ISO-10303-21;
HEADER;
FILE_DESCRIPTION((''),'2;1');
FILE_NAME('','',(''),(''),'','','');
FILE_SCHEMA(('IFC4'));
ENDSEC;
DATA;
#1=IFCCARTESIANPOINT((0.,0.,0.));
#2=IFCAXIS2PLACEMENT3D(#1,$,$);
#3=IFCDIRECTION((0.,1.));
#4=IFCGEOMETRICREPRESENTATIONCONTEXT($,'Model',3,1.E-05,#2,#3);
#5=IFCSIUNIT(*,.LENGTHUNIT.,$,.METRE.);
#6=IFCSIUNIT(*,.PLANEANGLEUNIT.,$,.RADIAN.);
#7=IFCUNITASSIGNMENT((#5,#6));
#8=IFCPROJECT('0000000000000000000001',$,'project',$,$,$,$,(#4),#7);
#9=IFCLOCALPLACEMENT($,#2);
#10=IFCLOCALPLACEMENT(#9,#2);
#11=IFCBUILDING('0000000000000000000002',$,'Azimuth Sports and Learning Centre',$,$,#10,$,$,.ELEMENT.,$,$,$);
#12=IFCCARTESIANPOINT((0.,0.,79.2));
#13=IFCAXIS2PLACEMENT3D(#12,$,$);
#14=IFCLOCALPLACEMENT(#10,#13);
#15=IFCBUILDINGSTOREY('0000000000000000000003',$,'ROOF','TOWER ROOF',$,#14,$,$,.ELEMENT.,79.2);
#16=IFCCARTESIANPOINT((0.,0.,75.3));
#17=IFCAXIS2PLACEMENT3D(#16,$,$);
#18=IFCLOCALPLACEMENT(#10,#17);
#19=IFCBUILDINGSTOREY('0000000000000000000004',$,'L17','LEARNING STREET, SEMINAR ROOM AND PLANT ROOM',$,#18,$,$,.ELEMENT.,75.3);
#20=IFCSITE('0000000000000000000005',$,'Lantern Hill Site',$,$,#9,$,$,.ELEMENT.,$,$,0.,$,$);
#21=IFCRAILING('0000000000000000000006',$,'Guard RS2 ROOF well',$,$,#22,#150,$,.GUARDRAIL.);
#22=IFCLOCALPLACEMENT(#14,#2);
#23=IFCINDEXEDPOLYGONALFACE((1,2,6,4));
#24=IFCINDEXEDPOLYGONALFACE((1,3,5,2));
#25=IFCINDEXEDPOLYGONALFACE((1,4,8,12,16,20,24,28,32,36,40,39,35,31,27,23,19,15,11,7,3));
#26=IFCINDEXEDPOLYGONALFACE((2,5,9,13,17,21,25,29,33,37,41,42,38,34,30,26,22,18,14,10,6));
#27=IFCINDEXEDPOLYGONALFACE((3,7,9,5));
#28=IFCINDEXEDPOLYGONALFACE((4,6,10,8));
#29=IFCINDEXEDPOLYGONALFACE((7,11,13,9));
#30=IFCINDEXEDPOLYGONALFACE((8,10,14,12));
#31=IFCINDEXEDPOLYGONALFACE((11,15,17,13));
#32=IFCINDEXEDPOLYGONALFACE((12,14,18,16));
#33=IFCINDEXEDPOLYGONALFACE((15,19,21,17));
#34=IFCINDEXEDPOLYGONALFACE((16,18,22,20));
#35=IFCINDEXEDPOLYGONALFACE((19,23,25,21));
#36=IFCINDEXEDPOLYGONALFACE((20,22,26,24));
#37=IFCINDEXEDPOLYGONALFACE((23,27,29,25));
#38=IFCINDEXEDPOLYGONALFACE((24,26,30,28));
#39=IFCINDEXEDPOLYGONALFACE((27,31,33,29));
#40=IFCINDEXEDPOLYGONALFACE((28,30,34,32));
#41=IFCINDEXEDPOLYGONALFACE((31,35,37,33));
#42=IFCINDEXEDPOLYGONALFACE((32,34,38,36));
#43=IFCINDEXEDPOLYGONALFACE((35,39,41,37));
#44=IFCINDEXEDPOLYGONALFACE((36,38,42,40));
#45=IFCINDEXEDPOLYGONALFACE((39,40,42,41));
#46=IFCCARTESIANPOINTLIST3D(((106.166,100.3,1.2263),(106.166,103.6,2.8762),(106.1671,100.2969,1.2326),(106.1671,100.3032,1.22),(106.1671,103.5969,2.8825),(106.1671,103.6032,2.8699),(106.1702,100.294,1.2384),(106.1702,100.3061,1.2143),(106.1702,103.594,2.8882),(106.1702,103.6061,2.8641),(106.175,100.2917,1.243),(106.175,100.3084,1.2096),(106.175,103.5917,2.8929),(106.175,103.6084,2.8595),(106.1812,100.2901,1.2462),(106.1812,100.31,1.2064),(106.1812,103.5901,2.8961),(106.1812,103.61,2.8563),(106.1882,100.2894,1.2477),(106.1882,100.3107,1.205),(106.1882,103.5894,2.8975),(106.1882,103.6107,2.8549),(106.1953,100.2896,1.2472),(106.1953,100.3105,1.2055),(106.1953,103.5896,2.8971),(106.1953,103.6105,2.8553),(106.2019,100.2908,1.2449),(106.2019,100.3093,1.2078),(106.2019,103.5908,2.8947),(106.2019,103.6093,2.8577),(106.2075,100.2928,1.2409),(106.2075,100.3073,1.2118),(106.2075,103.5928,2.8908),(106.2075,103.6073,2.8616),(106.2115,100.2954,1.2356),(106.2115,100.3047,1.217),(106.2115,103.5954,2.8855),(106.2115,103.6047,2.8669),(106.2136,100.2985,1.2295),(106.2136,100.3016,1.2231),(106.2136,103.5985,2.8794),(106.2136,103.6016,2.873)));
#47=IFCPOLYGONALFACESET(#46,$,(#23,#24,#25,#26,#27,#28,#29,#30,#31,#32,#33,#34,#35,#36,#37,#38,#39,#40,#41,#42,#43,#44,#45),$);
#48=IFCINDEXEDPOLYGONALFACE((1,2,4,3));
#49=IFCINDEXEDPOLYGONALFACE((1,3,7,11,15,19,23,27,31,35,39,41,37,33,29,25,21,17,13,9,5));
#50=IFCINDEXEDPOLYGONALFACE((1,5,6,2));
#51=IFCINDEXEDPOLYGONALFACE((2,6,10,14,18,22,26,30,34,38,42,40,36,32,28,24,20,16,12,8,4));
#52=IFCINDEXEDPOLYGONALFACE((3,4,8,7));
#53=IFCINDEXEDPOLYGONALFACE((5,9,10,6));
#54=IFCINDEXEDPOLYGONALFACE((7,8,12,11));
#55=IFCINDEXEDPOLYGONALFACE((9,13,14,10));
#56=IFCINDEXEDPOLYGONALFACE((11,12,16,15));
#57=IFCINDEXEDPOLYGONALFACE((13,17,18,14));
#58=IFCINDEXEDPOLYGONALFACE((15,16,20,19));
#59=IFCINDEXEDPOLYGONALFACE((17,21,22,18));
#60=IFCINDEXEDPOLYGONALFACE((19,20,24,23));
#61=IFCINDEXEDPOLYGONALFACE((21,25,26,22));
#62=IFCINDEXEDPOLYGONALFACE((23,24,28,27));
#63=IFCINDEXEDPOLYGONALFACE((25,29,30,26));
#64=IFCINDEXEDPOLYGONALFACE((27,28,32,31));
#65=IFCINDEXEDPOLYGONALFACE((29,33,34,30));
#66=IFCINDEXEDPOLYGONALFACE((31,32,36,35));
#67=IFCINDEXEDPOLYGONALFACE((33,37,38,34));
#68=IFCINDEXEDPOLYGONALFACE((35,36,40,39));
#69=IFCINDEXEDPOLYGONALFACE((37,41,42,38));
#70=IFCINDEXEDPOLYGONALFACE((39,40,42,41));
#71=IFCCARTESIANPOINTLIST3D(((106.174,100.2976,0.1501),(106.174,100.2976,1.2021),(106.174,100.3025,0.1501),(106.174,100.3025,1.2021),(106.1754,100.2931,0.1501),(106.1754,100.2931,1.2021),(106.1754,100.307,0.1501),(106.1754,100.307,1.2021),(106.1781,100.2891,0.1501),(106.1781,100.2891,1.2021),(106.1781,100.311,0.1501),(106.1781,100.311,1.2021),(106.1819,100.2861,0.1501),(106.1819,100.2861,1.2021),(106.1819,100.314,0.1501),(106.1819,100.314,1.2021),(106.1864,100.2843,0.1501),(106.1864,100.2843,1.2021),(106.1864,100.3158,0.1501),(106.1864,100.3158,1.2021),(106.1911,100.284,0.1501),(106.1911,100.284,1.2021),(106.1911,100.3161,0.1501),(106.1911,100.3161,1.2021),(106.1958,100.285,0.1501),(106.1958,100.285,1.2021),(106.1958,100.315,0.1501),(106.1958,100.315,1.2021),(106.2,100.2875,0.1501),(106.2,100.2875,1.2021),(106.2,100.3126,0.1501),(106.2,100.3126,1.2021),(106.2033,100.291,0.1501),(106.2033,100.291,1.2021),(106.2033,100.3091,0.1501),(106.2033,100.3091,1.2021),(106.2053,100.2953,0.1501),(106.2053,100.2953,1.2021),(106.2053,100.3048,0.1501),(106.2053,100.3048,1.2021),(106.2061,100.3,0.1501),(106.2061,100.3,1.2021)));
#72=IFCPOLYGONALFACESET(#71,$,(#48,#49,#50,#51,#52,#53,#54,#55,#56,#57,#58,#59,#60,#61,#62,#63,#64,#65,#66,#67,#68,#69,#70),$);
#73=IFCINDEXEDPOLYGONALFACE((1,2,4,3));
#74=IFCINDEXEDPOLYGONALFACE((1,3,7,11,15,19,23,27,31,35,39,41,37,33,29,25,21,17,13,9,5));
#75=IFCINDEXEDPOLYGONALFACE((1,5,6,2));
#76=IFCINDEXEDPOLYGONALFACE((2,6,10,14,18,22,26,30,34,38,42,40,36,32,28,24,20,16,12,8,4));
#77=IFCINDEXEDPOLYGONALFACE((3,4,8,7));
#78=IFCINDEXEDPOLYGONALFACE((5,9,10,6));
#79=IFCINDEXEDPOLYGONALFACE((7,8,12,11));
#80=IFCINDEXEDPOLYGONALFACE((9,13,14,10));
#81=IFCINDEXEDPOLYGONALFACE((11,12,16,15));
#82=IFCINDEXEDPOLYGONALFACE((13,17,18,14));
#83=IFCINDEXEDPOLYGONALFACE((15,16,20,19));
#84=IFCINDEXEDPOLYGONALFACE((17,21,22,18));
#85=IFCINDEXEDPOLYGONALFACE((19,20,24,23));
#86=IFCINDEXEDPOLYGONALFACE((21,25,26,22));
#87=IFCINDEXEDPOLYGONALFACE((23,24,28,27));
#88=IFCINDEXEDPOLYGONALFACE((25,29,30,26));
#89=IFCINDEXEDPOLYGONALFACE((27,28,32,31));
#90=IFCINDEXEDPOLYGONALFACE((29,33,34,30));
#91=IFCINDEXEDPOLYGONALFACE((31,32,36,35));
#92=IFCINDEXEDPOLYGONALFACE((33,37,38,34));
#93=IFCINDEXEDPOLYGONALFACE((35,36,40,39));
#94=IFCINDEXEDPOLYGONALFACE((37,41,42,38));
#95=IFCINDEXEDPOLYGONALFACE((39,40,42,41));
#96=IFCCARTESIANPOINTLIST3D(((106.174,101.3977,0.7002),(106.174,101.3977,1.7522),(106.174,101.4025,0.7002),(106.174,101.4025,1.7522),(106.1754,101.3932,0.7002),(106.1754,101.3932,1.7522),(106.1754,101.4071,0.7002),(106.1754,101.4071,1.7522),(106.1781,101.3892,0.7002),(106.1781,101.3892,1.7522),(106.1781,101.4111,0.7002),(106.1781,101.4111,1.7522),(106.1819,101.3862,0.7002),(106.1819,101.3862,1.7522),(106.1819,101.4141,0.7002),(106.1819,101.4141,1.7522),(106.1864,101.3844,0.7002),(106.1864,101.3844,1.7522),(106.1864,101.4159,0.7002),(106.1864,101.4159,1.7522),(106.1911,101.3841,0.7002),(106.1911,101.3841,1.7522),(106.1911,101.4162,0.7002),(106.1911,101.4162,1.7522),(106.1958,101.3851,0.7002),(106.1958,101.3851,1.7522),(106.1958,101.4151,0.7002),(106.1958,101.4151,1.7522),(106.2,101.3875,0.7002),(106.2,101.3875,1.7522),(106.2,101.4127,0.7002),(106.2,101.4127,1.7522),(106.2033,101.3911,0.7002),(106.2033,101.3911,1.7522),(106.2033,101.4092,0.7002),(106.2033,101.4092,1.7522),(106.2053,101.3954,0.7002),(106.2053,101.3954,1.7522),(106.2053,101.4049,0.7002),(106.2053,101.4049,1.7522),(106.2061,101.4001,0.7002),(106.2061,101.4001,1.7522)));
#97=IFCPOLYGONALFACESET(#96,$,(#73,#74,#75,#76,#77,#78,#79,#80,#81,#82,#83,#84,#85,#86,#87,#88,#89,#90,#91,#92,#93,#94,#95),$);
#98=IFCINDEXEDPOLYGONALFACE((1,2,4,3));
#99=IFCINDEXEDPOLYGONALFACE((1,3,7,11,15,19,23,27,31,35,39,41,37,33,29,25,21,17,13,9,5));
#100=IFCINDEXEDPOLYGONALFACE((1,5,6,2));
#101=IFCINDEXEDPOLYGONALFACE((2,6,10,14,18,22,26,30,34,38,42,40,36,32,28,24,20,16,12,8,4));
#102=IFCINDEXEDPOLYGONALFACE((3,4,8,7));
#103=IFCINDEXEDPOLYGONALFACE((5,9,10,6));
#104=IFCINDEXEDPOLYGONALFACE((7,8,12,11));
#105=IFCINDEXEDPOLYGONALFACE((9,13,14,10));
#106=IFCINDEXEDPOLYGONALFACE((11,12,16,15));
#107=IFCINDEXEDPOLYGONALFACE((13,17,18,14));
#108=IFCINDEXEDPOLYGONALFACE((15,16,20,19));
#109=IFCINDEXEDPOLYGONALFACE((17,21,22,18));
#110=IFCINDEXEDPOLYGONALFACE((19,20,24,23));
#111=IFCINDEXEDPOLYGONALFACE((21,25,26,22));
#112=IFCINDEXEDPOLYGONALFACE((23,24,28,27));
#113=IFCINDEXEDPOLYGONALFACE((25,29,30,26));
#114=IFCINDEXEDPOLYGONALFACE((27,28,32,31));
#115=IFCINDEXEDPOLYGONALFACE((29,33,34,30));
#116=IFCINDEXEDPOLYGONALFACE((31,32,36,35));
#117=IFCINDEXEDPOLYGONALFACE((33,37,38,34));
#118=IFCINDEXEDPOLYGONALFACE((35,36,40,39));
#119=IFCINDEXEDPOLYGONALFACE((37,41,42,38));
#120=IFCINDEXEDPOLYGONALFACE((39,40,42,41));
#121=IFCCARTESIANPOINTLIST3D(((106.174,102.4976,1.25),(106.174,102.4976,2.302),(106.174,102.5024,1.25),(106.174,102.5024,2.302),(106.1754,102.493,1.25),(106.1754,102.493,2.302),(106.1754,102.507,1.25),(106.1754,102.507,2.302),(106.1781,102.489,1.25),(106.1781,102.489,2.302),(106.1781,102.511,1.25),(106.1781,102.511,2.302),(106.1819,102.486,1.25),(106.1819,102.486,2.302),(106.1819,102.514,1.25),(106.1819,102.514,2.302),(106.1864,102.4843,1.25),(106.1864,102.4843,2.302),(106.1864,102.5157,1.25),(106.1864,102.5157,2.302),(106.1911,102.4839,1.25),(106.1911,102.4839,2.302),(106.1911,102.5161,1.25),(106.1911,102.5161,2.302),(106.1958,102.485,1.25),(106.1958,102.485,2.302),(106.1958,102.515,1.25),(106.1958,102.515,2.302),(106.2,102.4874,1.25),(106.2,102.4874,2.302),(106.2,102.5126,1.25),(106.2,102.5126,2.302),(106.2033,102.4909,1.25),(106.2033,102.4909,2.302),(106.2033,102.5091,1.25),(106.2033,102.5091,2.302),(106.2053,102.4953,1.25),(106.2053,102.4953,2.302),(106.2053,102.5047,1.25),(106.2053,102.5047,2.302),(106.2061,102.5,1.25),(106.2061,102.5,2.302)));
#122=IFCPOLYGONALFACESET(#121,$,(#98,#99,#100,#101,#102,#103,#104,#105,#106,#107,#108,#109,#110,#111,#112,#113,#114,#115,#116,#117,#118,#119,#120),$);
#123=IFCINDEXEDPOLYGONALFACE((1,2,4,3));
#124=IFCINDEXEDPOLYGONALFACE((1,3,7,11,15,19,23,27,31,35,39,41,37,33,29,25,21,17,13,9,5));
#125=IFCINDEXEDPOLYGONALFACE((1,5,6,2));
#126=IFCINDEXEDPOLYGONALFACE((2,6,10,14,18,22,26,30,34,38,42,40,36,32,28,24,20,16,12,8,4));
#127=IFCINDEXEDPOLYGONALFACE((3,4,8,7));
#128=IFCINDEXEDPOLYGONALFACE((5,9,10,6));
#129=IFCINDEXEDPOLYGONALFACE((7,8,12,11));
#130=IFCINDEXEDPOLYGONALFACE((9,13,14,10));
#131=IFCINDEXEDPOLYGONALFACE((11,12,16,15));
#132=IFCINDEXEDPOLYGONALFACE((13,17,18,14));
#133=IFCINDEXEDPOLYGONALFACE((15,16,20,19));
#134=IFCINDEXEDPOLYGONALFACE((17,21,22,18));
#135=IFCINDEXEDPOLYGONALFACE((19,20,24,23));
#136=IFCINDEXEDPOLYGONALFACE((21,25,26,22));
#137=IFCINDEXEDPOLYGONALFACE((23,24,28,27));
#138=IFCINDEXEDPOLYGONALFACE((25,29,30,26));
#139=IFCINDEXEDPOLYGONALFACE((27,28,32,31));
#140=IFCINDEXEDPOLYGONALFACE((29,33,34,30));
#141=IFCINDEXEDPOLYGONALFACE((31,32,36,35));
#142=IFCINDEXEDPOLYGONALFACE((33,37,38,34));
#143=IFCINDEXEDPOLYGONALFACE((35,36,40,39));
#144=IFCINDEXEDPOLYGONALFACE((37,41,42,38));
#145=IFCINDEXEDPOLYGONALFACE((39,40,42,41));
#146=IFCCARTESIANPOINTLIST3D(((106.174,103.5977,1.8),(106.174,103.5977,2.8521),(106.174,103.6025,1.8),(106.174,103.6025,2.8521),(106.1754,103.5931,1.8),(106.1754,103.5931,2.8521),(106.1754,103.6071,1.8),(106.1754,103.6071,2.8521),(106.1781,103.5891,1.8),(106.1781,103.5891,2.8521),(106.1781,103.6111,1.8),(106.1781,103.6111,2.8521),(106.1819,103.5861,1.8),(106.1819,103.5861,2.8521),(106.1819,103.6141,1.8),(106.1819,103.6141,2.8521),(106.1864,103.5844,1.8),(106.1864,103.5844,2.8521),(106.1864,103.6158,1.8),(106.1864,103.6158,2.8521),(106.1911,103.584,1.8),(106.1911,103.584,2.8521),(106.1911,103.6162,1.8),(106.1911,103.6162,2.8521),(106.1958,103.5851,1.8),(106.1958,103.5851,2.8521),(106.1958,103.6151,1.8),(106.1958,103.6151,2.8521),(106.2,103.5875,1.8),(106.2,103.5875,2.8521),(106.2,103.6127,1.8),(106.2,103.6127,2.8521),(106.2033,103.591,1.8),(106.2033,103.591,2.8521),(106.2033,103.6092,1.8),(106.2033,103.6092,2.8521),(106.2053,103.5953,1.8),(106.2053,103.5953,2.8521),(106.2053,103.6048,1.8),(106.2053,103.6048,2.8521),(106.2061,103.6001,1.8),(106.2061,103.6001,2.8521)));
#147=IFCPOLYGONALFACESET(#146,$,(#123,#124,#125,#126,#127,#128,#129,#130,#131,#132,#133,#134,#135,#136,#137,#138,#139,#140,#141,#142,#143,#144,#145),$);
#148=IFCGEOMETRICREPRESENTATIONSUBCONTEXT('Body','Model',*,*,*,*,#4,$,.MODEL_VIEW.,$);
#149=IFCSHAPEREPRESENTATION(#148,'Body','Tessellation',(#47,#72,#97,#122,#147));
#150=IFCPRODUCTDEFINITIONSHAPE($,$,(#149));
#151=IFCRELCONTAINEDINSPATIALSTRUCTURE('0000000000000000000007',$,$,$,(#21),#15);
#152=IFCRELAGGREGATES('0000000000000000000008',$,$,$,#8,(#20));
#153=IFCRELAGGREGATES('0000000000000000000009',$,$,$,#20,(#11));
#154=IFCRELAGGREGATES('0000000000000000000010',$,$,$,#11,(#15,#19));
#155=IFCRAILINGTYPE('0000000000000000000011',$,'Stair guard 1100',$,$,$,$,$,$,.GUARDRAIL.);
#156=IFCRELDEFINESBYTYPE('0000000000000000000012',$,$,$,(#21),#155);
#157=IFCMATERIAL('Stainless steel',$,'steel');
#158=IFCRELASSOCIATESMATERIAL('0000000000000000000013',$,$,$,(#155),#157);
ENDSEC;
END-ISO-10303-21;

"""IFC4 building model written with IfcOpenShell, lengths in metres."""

from ifc_helpers import new_model, si_unit, direction, frame, origin, origin_2d, place, context, subcontext, project, spatial, circle, extrude, material, type_object, element, save


model = new_model("IFC4")

# Units and contexts
model_context = context("Model", 3, precision=1e-05, world=origin(), true_north=direction((0.0, 1.0)))
body_context = subcontext(model_context, "Body", "Model", "MODEL_VIEW")
ifc_project = project(units=[si_unit("LENGTHUNIT", "METRE"), si_unit("PLANEANGLEUNIT", "RADIAN")], contexts=[model_context])

# Site, building, storey
site_placement = place(None, origin())
site = spatial("IfcSite", under=ifc_project, at=site_placement, Name="Lantern Hill Site", CompositionType="ELEMENT", RefElevation=0.0)
building_placement = place(site_placement, origin())
building = spatial("IfcBuilding", under=site, at=building_placement, Name="Azimuth Sports and Learning Centre", CompositionType="ELEMENT")
storey_1_placement = place(building_placement, frame((0.0, 0.0, 79.2)))
storey_1 = spatial("IfcBuildingStorey", under=building, at=storey_1_placement, Name="ROOF", Description="TOWER ROOF", CompositionType="ELEMENT", Elevation=79.2)

# Shared definitions
storey_2_placement = place(building_placement, frame((0.0, 0.0, 75.3)))
storey_2 = spatial("IfcBuildingStorey", under=building, at=storey_2_placement, Name="L17", Description="LEARNING STREET, SEMINAR ROOM AND PLANT ROOM", CompositionType="ELEMENT", Elevation=75.3)

# Railing
ifc_material_1 = material(Name="Stainless steel", Category="steel")
railing_type_1 = type_object("IfcRailingType", Name="Stair guard 1100", PredefinedType="GUARDRAIL", material=ifc_material_1)
railing_1_placement = place(storey_1_placement, frame((106.1899, 100.3, 0.1501)))
element("IfcRailing", 1, at=railing_1_placement, inside=storey_1, type_object=railing_type_1, Name="Guard RS2 ROOF well", PredefinedType="GUARDRAIL", context=body_context, shape_type="SweptSolid", body=[
    extrude(circle(Radius=0.0239, at=origin_2d()), frame((0.0, 0.0, 1.0762), z_axis=(0.0, 0.89444, 0.447187), x_axis=(-1.0, 0.0, 0.0)), (0.0, 0.0, 1.0), 3.6895),
    extrude(circle(Radius=0.0161, at=origin_2d()), origin(), (0.0, 0.0, 1.0), 1.052),
    extrude(circle(Radius=0.0161, at=origin_2d()), frame((0.0, 1.1001, 0.55)), (0.0, 0.0, 1.0), 1.052),
    extrude(circle(Radius=0.0161, at=origin_2d()), frame((0.0, 2.2, 1.0999)), (0.0, 0.0, 1.0), 1.052),
    extrude(circle(Radius=0.0161, at=origin_2d()), frame((0.0, 3.3, 1.6499)), (0.0, 0.0, 1.0), 1.052),
])

save(model, "model.ifc")
